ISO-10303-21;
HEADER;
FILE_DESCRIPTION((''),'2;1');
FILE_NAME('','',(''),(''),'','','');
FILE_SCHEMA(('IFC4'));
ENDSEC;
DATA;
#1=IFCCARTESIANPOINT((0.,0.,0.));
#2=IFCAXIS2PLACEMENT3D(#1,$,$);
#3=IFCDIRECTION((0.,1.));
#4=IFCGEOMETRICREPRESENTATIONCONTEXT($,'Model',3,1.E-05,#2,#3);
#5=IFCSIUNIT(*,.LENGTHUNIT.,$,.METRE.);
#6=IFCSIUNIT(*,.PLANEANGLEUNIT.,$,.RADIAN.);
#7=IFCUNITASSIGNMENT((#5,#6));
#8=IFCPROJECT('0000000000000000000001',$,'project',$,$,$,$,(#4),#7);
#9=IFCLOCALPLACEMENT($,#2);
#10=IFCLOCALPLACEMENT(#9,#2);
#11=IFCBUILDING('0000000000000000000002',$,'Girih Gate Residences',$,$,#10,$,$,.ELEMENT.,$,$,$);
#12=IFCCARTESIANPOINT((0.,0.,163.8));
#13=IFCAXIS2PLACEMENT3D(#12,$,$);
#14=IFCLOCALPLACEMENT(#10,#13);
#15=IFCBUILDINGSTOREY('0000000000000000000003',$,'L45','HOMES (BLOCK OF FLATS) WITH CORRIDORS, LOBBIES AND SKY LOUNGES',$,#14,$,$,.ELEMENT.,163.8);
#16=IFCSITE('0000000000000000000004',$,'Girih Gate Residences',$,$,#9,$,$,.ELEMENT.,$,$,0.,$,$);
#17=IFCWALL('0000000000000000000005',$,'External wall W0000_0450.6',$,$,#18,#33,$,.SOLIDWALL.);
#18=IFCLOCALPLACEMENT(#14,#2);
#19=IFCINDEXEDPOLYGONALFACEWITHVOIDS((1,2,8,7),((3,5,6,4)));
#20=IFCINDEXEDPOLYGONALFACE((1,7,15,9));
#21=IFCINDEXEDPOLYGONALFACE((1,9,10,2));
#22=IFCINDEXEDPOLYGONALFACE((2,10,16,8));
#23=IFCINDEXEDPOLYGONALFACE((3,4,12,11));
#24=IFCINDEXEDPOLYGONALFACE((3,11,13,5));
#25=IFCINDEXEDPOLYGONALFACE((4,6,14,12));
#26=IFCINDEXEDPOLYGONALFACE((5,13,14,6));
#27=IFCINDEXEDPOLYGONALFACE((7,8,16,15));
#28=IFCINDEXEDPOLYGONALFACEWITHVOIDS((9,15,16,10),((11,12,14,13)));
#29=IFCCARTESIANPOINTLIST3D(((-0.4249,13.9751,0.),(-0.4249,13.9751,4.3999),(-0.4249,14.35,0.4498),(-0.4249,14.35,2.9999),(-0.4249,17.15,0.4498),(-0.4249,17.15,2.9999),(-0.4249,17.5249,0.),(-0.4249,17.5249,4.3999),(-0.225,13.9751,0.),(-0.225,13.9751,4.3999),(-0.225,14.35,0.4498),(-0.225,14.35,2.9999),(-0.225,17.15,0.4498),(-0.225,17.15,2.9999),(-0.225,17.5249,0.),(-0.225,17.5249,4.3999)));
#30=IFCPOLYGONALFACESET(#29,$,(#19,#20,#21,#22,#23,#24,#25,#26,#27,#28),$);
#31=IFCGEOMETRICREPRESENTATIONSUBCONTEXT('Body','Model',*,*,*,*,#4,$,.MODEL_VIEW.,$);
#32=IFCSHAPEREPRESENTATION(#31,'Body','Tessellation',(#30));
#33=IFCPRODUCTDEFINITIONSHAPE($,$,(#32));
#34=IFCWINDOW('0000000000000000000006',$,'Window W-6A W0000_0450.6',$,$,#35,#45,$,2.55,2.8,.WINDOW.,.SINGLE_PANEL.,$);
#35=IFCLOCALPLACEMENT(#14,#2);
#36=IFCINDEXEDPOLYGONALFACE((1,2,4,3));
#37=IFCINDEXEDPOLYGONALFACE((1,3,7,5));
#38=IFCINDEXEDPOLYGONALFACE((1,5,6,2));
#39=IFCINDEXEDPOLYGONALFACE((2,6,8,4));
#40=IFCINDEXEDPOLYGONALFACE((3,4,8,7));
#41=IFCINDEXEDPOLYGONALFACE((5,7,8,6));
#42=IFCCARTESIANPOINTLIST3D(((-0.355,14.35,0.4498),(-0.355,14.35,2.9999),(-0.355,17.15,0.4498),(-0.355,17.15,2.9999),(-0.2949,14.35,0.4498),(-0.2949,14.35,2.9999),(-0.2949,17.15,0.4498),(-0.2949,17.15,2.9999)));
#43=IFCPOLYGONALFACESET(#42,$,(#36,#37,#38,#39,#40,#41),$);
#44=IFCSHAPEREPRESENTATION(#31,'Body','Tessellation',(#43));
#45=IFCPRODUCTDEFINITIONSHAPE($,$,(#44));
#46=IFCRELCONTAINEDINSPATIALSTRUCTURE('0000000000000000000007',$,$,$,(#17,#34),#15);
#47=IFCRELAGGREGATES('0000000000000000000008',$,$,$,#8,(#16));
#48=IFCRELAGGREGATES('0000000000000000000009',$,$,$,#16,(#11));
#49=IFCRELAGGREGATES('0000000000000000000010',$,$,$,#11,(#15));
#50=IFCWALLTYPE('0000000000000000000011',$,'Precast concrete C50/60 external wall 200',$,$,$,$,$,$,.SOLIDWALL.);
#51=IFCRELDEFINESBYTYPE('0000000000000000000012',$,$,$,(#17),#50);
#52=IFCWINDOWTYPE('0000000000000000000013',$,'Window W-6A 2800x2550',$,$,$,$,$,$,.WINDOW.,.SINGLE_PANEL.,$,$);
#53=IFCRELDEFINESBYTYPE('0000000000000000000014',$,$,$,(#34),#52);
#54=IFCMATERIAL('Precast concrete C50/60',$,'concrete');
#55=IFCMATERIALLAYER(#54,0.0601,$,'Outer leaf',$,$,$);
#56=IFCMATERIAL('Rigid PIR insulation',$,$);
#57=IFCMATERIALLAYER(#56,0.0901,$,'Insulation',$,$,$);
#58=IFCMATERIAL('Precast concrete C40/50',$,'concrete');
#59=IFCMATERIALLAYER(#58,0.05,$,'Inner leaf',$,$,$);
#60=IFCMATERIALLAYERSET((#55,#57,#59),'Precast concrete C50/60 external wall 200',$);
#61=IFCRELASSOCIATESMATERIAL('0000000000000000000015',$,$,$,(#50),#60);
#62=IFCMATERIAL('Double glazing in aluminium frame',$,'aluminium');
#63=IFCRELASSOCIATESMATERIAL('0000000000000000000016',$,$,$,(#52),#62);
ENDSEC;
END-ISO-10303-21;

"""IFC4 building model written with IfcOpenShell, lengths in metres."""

from ifc_helpers import new_model, si_unit, direction, frame, frame_2d, origin, place, context, subcontext, project, spatial, rectangle, extrude, material, layer, layer_set, type_object, element, fill, save


model = new_model("IFC4")

# Units and contexts
model_context = context("Model", 3, precision=1e-05, world=origin(), true_north=direction((0.0, 1.0)))
body_context = subcontext(model_context, "Body", "Model", "MODEL_VIEW")
ifc_project = project(units=[si_unit("LENGTHUNIT", "METRE"), si_unit("PLANEANGLEUNIT", "RADIAN")], contexts=[model_context])

# Site, building, storey
site_placement = place(None, origin())
site = spatial("IfcSite", under=ifc_project, at=site_placement, Name="Girih Gate Residences", CompositionType="ELEMENT", RefElevation=0.0)
building_placement = place(site_placement, origin())
building = spatial("IfcBuilding", under=site, at=building_placement, Name="Girih Gate Residences", CompositionType="ELEMENT")
storey_placement = place(building_placement, frame((0.0, 0.0, 163.8)))
storey = spatial("IfcBuildingStorey", under=building, at=storey_placement, Name="L45", Description="HOMES (BLOCK OF FLATS) WITH CORRIDORS, LOBBIES AND SKY LOUNGES", CompositionType="ELEMENT", Elevation=163.8)

# Wall, opening, window
ifc_material_1 = material(Name="Precast concrete C50/60", Category="concrete")
ifc_layer_1 = layer(ifc_material_1, 0.0601, Name="Outer leaf")
ifc_material_2 = material(Name="Rigid PIR insulation")
ifc_layer_2 = layer(ifc_material_2, 0.0901, Name="Insulation")
ifc_material_3 = material(Name="Precast concrete C40/50", Category="concrete")
ifc_layer_3 = layer(ifc_material_3, 0.05, Name="Inner leaf")
ifc_layer_set_1 = layer_set([ifc_layer_1, ifc_layer_2, ifc_layer_3], Name="Precast concrete C50/60 external wall 200")
wall_type_1 = type_object("IfcWallType", Name="Precast concrete C50/60 external wall 200", PredefinedType="SOLIDWALL", material=ifc_layer_set_1)
ifc_material_4 = material(Name="Double glazing in aluminium frame", Category="aluminium")
window_type = type_object("IfcWindowType", Name="Window W-6A 2800x2550", PartitioningType="SINGLE_PANEL", PredefinedType="WINDOW", material=ifc_material_4)
wall_1_placement = place(storey_placement, frame((-0.325, 13.9751, 0.0), z_axis=(0.0, 0.0, 1.0), x_axis=(0.0, 1.0, 0.0)))
wall_1 = element("IfcWall", 1, at=wall_1_placement, inside=storey, type_object=wall_type_1, Name="External wall W0000_0450.6", PredefinedType="SOLIDWALL", context=body_context, shape_type="SweptSolid", body=[
    extrude(rectangle(XDim=3.5498, YDim=0.2, at=frame_2d((1.7749, 0.0))), origin(), (0.0, 0.0, 1.0), 4.3999),
])
opening_1_placement = place(wall_1_placement, frame((0.375, 0.0, 0.45)))
opening_1 = element("IfcOpeningElement", 2, at=opening_1_placement, cuts=wall_1, PredefinedType="OPENING", context=body_context, shape_type="SweptSolid", body=[
    extrude(rectangle(XDim=2.8, YDim=2.55, at=frame_2d((1.3999, 1.2749))), frame((0.0, 0.1099, 0.0), z_axis=(0.0, -1.0, 0.0), x_axis=(1.0, 0.0, 0.0)), (0.0, 0.0, 1.0), 0.22),
])
window_1_placement = place(opening_1_placement, origin())
window_1 = element("IfcWindow", 3, at=window_1_placement, inside=storey, type_object=window_type, Name="Window W-6A W0000_0450.6", OverallHeight=2.55, OverallWidth=2.8, PartitioningType="SINGLE_PANEL", PredefinedType="WINDOW", context=body_context, shape_type="SweptSolid", body=[
    extrude(rectangle(XDim=2.8, YDim=2.55, at=frame_2d((1.3999, 1.2749))), frame((0.0, 0.03, 0.0), z_axis=(0.0, -1.0, 0.0), x_axis=(1.0, 0.0, 0.0)), (0.0, 0.0, 1.0), 0.0601),
])
fill(opening_1, window_1)

save(model, "model.ifc")
